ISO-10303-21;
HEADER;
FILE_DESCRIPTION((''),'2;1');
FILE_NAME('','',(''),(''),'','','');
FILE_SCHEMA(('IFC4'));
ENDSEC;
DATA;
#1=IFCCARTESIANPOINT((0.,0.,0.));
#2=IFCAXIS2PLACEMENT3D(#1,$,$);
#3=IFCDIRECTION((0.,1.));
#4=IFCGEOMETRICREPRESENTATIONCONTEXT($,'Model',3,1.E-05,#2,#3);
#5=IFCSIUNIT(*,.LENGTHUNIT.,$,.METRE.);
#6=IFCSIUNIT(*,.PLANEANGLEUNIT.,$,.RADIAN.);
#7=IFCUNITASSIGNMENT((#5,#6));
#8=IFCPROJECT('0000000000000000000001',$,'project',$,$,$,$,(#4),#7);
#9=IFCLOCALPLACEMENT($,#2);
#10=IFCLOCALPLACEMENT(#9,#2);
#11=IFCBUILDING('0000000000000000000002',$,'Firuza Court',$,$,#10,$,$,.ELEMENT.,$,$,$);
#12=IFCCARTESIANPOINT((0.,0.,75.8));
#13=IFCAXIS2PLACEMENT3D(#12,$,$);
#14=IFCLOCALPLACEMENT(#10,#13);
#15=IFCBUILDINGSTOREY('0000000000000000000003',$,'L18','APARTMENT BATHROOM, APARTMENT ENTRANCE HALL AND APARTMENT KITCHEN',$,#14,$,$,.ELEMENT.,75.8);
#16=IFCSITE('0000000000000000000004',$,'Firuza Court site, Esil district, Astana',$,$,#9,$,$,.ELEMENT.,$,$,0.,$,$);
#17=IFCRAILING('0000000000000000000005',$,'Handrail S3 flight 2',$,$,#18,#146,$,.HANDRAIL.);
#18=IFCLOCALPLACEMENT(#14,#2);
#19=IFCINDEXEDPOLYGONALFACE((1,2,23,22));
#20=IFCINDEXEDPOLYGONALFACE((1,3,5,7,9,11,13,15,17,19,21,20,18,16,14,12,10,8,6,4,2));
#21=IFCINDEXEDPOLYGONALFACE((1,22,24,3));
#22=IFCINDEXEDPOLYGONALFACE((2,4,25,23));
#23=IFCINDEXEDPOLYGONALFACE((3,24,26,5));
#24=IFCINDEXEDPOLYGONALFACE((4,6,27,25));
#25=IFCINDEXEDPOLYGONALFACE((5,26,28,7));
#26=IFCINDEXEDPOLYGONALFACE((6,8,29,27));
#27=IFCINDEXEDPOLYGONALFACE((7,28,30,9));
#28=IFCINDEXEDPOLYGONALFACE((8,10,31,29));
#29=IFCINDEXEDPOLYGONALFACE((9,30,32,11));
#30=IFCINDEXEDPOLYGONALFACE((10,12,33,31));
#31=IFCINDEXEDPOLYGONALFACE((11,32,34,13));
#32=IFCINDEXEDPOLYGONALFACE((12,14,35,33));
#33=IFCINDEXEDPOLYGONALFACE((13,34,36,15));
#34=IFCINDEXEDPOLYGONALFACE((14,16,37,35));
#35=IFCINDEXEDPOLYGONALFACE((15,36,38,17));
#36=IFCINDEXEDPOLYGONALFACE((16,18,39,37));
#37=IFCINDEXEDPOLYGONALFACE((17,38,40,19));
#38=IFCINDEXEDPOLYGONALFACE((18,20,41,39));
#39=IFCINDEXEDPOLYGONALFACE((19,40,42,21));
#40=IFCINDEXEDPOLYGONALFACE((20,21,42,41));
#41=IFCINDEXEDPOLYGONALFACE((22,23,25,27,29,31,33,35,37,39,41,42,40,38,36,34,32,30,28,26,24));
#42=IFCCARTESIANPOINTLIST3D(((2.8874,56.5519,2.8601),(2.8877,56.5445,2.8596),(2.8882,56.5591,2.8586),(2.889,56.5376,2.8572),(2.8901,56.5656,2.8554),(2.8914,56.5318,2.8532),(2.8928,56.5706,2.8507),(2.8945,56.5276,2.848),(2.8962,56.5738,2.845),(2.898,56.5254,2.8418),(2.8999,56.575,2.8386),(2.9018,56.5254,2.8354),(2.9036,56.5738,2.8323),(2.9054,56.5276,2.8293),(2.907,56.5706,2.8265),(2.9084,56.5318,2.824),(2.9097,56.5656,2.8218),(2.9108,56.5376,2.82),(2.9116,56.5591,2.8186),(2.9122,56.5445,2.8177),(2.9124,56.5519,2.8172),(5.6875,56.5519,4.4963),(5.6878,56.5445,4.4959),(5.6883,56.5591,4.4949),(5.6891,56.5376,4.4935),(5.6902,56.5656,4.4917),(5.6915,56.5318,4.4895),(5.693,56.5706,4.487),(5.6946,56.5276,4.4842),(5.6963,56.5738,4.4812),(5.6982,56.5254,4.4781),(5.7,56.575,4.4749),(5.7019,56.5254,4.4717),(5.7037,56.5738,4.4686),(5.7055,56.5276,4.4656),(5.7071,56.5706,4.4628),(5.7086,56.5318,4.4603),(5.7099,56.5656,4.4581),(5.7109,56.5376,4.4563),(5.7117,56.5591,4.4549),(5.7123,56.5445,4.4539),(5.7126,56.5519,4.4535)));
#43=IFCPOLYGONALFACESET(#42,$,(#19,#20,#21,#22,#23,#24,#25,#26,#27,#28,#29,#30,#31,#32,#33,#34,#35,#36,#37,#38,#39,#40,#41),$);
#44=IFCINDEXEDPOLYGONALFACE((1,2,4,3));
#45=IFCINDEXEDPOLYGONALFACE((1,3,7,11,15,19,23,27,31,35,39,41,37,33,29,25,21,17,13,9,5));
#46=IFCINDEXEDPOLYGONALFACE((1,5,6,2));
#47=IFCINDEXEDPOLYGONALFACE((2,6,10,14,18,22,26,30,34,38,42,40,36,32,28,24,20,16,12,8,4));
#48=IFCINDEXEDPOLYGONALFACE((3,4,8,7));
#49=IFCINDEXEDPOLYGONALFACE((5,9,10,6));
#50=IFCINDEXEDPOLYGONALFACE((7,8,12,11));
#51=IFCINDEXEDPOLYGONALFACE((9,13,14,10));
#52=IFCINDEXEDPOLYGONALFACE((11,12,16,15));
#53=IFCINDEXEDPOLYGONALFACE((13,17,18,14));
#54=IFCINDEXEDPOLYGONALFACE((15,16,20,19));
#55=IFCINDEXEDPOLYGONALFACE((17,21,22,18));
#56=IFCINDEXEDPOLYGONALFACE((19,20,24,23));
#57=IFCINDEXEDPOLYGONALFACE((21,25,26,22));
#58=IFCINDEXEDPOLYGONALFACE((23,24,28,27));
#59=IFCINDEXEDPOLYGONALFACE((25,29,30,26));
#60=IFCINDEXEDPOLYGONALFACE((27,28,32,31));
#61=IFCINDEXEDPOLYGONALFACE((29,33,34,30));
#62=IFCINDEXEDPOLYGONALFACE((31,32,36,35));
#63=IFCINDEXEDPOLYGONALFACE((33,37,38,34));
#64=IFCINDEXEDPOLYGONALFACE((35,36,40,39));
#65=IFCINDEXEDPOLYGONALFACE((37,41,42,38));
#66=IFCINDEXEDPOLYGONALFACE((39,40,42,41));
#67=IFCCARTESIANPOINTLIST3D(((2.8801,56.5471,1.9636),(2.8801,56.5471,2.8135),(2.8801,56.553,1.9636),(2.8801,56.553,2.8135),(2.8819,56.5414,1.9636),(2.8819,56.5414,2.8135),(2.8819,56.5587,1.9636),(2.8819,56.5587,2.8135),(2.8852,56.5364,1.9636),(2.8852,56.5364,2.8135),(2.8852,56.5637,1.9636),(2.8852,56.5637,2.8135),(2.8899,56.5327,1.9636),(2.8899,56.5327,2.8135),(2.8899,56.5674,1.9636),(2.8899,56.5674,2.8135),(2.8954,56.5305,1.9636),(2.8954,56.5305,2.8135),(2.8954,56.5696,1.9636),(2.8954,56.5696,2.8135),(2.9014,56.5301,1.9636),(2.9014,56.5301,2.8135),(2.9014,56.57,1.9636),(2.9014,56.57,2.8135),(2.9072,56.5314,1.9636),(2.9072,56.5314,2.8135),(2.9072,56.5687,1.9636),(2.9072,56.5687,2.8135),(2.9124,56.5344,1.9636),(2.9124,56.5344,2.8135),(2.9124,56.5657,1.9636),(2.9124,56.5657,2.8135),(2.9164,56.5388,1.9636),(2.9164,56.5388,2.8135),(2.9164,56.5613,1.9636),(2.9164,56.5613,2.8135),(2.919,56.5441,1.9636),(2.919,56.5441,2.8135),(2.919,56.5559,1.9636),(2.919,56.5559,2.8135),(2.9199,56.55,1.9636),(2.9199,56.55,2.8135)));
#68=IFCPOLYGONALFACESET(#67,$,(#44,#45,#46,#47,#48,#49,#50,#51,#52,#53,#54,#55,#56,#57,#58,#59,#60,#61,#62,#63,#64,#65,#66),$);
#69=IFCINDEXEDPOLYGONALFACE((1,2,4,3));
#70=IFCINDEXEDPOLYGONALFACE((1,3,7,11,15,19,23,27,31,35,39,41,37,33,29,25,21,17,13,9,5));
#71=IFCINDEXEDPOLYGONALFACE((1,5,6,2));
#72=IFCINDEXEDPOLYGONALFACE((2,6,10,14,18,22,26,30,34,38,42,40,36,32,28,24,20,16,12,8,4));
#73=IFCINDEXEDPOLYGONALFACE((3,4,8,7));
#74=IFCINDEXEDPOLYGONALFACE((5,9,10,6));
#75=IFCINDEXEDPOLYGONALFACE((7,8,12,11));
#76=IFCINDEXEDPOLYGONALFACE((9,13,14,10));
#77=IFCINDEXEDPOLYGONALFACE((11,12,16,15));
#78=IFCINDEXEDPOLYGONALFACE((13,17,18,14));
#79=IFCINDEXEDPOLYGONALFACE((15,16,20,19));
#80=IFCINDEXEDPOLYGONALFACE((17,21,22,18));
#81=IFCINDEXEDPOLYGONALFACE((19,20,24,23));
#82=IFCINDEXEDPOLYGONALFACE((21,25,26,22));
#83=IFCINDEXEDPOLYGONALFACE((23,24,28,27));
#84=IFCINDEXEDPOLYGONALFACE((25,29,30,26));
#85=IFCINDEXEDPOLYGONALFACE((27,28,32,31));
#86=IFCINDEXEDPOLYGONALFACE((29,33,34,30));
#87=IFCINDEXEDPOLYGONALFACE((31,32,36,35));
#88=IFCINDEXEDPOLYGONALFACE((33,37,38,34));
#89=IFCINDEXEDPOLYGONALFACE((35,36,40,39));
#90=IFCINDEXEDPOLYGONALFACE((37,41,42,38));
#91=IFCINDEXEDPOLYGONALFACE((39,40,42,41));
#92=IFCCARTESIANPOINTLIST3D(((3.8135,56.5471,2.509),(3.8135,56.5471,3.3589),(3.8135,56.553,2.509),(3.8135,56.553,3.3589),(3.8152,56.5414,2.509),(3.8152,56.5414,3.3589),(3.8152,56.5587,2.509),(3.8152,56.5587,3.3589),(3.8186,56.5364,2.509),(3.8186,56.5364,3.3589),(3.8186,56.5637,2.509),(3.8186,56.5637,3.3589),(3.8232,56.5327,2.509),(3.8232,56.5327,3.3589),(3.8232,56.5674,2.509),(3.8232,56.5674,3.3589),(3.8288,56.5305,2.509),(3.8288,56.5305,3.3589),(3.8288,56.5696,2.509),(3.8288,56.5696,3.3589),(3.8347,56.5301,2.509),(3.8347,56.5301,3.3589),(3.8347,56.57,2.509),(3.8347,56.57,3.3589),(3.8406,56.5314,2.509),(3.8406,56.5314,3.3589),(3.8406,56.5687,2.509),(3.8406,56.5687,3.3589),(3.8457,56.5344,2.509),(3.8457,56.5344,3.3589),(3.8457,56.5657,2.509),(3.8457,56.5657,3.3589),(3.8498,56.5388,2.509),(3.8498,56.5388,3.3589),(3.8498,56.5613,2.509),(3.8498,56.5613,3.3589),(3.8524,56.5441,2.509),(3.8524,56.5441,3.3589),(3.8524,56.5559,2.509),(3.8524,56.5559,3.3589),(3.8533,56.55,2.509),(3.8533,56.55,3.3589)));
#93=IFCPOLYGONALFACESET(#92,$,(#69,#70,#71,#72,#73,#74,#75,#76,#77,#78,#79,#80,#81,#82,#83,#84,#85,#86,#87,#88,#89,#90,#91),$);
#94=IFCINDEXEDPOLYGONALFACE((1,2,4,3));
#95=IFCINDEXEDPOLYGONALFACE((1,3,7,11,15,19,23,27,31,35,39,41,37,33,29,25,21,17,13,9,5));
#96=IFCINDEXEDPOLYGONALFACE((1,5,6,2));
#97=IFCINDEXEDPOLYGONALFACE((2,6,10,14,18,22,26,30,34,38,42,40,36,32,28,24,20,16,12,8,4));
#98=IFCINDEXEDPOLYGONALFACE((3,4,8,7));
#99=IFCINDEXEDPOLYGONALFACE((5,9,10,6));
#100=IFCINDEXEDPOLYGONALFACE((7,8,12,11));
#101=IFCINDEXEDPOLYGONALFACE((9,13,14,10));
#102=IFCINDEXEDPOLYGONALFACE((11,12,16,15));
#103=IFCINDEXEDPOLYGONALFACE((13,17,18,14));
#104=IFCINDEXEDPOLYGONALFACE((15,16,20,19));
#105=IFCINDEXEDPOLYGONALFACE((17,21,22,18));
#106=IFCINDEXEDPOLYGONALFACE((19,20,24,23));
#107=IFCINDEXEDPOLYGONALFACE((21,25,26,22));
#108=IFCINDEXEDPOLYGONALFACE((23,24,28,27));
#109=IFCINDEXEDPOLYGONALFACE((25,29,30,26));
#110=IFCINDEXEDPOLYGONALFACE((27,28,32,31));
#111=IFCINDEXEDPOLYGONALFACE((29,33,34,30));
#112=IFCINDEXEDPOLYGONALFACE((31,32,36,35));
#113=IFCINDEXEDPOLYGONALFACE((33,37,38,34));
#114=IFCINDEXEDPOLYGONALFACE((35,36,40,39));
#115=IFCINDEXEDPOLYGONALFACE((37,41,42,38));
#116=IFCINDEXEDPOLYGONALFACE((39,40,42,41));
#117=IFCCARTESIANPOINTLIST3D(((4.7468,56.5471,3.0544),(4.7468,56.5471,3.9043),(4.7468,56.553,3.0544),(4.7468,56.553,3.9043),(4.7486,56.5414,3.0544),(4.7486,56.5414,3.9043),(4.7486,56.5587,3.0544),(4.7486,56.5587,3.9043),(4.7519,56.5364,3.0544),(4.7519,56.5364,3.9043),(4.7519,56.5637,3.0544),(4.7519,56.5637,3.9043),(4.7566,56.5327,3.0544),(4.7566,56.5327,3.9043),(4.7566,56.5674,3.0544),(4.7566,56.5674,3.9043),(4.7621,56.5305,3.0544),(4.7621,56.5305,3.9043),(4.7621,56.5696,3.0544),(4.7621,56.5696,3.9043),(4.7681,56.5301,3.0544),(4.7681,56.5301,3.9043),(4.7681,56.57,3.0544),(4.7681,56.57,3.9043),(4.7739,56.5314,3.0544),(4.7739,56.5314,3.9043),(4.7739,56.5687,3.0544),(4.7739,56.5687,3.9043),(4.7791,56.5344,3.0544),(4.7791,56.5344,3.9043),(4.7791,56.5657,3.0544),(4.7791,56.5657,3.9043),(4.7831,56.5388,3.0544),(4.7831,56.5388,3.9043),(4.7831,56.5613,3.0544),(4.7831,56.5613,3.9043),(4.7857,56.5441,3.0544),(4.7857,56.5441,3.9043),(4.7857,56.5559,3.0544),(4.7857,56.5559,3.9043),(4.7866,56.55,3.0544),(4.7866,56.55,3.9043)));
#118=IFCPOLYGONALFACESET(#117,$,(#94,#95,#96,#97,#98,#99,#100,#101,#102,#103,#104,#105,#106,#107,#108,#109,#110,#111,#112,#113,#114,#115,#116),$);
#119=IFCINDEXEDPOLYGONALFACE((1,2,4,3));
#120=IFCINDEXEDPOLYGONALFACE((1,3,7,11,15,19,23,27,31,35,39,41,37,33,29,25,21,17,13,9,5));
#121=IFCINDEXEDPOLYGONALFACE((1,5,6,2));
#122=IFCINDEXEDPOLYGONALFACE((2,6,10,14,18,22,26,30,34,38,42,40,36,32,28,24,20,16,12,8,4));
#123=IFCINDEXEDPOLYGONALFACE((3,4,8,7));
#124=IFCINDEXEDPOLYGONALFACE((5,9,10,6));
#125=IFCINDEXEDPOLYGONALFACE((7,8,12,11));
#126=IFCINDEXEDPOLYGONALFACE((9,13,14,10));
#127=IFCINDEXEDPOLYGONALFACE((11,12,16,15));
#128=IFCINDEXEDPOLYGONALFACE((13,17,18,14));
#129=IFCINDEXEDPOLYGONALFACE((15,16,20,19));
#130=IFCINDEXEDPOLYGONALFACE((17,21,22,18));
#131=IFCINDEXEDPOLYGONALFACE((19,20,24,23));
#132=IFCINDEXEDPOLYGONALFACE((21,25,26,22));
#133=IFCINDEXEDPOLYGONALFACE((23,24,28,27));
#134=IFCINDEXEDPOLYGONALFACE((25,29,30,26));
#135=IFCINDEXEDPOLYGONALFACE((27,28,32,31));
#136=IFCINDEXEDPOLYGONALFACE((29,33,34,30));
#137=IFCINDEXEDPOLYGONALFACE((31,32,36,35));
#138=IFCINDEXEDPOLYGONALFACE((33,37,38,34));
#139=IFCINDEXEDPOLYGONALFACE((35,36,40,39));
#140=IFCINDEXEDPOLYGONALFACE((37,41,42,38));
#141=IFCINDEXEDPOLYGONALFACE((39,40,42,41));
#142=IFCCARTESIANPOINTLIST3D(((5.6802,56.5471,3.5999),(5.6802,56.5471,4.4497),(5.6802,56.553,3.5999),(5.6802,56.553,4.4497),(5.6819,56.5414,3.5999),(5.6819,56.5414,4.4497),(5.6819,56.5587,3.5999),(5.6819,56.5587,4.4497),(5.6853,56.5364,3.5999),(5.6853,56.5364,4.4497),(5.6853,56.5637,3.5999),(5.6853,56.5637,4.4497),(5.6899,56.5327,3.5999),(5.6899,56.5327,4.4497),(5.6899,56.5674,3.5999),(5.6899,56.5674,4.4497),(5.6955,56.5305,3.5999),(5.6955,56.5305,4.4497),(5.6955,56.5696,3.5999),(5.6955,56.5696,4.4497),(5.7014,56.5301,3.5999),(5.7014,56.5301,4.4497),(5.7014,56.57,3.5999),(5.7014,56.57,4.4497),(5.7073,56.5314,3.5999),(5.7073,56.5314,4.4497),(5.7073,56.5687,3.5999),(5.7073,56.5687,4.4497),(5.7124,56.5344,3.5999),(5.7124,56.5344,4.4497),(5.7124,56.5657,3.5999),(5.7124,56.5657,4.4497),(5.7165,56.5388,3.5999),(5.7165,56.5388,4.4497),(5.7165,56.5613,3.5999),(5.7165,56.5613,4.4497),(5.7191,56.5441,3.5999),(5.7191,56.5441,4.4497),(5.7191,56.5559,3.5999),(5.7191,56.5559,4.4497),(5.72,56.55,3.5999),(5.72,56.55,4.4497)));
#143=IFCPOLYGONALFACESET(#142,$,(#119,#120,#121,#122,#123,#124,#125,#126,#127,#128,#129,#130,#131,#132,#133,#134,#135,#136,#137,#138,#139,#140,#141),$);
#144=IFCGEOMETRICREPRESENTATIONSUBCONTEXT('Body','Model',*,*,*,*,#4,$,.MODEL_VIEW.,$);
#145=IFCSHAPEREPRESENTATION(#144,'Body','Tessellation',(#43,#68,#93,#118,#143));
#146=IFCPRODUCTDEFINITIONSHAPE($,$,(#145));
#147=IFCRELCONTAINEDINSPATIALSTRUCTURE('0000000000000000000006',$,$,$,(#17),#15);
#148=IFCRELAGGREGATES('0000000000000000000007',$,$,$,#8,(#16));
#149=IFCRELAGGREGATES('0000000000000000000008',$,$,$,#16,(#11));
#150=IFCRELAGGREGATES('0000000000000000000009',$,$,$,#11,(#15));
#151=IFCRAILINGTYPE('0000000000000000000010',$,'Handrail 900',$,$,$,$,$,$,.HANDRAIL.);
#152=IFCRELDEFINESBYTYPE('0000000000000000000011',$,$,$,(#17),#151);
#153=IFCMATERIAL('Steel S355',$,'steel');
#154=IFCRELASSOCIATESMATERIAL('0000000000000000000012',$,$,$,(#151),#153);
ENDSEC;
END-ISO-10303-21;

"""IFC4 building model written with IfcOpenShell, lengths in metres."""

from ifc_helpers import new_model, si_unit, direction, frame, origin, origin_2d, place, context, subcontext, project, spatial, circle, extrude, material, type_object, element, save


model = new_model("IFC4")

# Units and contexts
model_context = context("Model", 3, precision=1e-05, world=origin(), true_north=direction((0.0, 1.0)))
body_context = subcontext(model_context, "Body", "Model", "MODEL_VIEW")
ifc_project = project(units=[si_unit("LENGTHUNIT", "METRE"), si_unit("PLANEANGLEUNIT", "RADIAN")], contexts=[model_context])

# Site, building, storey
site_placement = place(None, origin())
site = spatial("IfcSite", under=ifc_project, at=site_placement, Name="Firuza Court site, Esil district, Astana", CompositionType="ELEMENT", RefElevation=0.0)
building_placement = place(site_placement, origin())
building = spatial("IfcBuilding", under=site, at=building_placement, Name="Firuza Court", CompositionType="ELEMENT")
storey_placement = place(building_placement, frame((0.0, 0.0, 75.8)))
storey = spatial("IfcBuildingStorey", under=building, at=storey_placement, Name="L18", Description="APARTMENT BATHROOM, APARTMENT ENTRANCE HALL AND APARTMENT KITCHEN", CompositionType="ELEMENT", Elevation=75.8)

# Railing
ifc_material_1 = material(Name="Steel S355", Category="steel")
railing_type_1 = type_object("IfcRailingType", Name="Handrail 900", PredefinedType="HANDRAIL", material=ifc_material_1)
railing_1_placement = place(storey_placement, frame((2.8999, 56.55, 1.9636)))
element("IfcRailing", 1, at=railing_1_placement, inside=storey, type_object=railing_type_1, Name="Handrail S3 flight 2", PredefinedType="HANDRAIL", context=body_context, shape_type="SweptSolid", body=[
    extrude(circle(Radius=0.0249, at=origin_2d()), frame((0.0, 0.0, 0.875), z_axis=(0.863394, 0.0, 0.504531), x_axis=(0.0, 1.0, 0.0)), (0.0, 0.0, 1.0), 3.2432),
    extrude(circle(Radius=0.02, at=origin_2d()), origin(), (0.0, 0.0, 1.0), 0.8499),
    extrude(circle(Radius=0.02, at=origin_2d()), frame((0.9333, 0.0, 0.5454)), (0.0, 0.0, 1.0), 0.8499),
    extrude(circle(Radius=0.02, at=origin_2d()), frame((1.8667, 0.0, 1.0908)), (0.0, 0.0, 1.0), 0.8499),
    extrude(circle(Radius=0.02, at=origin_2d()), frame((2.8, 0.0, 1.6362)), (0.0, 0.0, 1.0), 0.8499),
])

save(model, "model.ifc")
